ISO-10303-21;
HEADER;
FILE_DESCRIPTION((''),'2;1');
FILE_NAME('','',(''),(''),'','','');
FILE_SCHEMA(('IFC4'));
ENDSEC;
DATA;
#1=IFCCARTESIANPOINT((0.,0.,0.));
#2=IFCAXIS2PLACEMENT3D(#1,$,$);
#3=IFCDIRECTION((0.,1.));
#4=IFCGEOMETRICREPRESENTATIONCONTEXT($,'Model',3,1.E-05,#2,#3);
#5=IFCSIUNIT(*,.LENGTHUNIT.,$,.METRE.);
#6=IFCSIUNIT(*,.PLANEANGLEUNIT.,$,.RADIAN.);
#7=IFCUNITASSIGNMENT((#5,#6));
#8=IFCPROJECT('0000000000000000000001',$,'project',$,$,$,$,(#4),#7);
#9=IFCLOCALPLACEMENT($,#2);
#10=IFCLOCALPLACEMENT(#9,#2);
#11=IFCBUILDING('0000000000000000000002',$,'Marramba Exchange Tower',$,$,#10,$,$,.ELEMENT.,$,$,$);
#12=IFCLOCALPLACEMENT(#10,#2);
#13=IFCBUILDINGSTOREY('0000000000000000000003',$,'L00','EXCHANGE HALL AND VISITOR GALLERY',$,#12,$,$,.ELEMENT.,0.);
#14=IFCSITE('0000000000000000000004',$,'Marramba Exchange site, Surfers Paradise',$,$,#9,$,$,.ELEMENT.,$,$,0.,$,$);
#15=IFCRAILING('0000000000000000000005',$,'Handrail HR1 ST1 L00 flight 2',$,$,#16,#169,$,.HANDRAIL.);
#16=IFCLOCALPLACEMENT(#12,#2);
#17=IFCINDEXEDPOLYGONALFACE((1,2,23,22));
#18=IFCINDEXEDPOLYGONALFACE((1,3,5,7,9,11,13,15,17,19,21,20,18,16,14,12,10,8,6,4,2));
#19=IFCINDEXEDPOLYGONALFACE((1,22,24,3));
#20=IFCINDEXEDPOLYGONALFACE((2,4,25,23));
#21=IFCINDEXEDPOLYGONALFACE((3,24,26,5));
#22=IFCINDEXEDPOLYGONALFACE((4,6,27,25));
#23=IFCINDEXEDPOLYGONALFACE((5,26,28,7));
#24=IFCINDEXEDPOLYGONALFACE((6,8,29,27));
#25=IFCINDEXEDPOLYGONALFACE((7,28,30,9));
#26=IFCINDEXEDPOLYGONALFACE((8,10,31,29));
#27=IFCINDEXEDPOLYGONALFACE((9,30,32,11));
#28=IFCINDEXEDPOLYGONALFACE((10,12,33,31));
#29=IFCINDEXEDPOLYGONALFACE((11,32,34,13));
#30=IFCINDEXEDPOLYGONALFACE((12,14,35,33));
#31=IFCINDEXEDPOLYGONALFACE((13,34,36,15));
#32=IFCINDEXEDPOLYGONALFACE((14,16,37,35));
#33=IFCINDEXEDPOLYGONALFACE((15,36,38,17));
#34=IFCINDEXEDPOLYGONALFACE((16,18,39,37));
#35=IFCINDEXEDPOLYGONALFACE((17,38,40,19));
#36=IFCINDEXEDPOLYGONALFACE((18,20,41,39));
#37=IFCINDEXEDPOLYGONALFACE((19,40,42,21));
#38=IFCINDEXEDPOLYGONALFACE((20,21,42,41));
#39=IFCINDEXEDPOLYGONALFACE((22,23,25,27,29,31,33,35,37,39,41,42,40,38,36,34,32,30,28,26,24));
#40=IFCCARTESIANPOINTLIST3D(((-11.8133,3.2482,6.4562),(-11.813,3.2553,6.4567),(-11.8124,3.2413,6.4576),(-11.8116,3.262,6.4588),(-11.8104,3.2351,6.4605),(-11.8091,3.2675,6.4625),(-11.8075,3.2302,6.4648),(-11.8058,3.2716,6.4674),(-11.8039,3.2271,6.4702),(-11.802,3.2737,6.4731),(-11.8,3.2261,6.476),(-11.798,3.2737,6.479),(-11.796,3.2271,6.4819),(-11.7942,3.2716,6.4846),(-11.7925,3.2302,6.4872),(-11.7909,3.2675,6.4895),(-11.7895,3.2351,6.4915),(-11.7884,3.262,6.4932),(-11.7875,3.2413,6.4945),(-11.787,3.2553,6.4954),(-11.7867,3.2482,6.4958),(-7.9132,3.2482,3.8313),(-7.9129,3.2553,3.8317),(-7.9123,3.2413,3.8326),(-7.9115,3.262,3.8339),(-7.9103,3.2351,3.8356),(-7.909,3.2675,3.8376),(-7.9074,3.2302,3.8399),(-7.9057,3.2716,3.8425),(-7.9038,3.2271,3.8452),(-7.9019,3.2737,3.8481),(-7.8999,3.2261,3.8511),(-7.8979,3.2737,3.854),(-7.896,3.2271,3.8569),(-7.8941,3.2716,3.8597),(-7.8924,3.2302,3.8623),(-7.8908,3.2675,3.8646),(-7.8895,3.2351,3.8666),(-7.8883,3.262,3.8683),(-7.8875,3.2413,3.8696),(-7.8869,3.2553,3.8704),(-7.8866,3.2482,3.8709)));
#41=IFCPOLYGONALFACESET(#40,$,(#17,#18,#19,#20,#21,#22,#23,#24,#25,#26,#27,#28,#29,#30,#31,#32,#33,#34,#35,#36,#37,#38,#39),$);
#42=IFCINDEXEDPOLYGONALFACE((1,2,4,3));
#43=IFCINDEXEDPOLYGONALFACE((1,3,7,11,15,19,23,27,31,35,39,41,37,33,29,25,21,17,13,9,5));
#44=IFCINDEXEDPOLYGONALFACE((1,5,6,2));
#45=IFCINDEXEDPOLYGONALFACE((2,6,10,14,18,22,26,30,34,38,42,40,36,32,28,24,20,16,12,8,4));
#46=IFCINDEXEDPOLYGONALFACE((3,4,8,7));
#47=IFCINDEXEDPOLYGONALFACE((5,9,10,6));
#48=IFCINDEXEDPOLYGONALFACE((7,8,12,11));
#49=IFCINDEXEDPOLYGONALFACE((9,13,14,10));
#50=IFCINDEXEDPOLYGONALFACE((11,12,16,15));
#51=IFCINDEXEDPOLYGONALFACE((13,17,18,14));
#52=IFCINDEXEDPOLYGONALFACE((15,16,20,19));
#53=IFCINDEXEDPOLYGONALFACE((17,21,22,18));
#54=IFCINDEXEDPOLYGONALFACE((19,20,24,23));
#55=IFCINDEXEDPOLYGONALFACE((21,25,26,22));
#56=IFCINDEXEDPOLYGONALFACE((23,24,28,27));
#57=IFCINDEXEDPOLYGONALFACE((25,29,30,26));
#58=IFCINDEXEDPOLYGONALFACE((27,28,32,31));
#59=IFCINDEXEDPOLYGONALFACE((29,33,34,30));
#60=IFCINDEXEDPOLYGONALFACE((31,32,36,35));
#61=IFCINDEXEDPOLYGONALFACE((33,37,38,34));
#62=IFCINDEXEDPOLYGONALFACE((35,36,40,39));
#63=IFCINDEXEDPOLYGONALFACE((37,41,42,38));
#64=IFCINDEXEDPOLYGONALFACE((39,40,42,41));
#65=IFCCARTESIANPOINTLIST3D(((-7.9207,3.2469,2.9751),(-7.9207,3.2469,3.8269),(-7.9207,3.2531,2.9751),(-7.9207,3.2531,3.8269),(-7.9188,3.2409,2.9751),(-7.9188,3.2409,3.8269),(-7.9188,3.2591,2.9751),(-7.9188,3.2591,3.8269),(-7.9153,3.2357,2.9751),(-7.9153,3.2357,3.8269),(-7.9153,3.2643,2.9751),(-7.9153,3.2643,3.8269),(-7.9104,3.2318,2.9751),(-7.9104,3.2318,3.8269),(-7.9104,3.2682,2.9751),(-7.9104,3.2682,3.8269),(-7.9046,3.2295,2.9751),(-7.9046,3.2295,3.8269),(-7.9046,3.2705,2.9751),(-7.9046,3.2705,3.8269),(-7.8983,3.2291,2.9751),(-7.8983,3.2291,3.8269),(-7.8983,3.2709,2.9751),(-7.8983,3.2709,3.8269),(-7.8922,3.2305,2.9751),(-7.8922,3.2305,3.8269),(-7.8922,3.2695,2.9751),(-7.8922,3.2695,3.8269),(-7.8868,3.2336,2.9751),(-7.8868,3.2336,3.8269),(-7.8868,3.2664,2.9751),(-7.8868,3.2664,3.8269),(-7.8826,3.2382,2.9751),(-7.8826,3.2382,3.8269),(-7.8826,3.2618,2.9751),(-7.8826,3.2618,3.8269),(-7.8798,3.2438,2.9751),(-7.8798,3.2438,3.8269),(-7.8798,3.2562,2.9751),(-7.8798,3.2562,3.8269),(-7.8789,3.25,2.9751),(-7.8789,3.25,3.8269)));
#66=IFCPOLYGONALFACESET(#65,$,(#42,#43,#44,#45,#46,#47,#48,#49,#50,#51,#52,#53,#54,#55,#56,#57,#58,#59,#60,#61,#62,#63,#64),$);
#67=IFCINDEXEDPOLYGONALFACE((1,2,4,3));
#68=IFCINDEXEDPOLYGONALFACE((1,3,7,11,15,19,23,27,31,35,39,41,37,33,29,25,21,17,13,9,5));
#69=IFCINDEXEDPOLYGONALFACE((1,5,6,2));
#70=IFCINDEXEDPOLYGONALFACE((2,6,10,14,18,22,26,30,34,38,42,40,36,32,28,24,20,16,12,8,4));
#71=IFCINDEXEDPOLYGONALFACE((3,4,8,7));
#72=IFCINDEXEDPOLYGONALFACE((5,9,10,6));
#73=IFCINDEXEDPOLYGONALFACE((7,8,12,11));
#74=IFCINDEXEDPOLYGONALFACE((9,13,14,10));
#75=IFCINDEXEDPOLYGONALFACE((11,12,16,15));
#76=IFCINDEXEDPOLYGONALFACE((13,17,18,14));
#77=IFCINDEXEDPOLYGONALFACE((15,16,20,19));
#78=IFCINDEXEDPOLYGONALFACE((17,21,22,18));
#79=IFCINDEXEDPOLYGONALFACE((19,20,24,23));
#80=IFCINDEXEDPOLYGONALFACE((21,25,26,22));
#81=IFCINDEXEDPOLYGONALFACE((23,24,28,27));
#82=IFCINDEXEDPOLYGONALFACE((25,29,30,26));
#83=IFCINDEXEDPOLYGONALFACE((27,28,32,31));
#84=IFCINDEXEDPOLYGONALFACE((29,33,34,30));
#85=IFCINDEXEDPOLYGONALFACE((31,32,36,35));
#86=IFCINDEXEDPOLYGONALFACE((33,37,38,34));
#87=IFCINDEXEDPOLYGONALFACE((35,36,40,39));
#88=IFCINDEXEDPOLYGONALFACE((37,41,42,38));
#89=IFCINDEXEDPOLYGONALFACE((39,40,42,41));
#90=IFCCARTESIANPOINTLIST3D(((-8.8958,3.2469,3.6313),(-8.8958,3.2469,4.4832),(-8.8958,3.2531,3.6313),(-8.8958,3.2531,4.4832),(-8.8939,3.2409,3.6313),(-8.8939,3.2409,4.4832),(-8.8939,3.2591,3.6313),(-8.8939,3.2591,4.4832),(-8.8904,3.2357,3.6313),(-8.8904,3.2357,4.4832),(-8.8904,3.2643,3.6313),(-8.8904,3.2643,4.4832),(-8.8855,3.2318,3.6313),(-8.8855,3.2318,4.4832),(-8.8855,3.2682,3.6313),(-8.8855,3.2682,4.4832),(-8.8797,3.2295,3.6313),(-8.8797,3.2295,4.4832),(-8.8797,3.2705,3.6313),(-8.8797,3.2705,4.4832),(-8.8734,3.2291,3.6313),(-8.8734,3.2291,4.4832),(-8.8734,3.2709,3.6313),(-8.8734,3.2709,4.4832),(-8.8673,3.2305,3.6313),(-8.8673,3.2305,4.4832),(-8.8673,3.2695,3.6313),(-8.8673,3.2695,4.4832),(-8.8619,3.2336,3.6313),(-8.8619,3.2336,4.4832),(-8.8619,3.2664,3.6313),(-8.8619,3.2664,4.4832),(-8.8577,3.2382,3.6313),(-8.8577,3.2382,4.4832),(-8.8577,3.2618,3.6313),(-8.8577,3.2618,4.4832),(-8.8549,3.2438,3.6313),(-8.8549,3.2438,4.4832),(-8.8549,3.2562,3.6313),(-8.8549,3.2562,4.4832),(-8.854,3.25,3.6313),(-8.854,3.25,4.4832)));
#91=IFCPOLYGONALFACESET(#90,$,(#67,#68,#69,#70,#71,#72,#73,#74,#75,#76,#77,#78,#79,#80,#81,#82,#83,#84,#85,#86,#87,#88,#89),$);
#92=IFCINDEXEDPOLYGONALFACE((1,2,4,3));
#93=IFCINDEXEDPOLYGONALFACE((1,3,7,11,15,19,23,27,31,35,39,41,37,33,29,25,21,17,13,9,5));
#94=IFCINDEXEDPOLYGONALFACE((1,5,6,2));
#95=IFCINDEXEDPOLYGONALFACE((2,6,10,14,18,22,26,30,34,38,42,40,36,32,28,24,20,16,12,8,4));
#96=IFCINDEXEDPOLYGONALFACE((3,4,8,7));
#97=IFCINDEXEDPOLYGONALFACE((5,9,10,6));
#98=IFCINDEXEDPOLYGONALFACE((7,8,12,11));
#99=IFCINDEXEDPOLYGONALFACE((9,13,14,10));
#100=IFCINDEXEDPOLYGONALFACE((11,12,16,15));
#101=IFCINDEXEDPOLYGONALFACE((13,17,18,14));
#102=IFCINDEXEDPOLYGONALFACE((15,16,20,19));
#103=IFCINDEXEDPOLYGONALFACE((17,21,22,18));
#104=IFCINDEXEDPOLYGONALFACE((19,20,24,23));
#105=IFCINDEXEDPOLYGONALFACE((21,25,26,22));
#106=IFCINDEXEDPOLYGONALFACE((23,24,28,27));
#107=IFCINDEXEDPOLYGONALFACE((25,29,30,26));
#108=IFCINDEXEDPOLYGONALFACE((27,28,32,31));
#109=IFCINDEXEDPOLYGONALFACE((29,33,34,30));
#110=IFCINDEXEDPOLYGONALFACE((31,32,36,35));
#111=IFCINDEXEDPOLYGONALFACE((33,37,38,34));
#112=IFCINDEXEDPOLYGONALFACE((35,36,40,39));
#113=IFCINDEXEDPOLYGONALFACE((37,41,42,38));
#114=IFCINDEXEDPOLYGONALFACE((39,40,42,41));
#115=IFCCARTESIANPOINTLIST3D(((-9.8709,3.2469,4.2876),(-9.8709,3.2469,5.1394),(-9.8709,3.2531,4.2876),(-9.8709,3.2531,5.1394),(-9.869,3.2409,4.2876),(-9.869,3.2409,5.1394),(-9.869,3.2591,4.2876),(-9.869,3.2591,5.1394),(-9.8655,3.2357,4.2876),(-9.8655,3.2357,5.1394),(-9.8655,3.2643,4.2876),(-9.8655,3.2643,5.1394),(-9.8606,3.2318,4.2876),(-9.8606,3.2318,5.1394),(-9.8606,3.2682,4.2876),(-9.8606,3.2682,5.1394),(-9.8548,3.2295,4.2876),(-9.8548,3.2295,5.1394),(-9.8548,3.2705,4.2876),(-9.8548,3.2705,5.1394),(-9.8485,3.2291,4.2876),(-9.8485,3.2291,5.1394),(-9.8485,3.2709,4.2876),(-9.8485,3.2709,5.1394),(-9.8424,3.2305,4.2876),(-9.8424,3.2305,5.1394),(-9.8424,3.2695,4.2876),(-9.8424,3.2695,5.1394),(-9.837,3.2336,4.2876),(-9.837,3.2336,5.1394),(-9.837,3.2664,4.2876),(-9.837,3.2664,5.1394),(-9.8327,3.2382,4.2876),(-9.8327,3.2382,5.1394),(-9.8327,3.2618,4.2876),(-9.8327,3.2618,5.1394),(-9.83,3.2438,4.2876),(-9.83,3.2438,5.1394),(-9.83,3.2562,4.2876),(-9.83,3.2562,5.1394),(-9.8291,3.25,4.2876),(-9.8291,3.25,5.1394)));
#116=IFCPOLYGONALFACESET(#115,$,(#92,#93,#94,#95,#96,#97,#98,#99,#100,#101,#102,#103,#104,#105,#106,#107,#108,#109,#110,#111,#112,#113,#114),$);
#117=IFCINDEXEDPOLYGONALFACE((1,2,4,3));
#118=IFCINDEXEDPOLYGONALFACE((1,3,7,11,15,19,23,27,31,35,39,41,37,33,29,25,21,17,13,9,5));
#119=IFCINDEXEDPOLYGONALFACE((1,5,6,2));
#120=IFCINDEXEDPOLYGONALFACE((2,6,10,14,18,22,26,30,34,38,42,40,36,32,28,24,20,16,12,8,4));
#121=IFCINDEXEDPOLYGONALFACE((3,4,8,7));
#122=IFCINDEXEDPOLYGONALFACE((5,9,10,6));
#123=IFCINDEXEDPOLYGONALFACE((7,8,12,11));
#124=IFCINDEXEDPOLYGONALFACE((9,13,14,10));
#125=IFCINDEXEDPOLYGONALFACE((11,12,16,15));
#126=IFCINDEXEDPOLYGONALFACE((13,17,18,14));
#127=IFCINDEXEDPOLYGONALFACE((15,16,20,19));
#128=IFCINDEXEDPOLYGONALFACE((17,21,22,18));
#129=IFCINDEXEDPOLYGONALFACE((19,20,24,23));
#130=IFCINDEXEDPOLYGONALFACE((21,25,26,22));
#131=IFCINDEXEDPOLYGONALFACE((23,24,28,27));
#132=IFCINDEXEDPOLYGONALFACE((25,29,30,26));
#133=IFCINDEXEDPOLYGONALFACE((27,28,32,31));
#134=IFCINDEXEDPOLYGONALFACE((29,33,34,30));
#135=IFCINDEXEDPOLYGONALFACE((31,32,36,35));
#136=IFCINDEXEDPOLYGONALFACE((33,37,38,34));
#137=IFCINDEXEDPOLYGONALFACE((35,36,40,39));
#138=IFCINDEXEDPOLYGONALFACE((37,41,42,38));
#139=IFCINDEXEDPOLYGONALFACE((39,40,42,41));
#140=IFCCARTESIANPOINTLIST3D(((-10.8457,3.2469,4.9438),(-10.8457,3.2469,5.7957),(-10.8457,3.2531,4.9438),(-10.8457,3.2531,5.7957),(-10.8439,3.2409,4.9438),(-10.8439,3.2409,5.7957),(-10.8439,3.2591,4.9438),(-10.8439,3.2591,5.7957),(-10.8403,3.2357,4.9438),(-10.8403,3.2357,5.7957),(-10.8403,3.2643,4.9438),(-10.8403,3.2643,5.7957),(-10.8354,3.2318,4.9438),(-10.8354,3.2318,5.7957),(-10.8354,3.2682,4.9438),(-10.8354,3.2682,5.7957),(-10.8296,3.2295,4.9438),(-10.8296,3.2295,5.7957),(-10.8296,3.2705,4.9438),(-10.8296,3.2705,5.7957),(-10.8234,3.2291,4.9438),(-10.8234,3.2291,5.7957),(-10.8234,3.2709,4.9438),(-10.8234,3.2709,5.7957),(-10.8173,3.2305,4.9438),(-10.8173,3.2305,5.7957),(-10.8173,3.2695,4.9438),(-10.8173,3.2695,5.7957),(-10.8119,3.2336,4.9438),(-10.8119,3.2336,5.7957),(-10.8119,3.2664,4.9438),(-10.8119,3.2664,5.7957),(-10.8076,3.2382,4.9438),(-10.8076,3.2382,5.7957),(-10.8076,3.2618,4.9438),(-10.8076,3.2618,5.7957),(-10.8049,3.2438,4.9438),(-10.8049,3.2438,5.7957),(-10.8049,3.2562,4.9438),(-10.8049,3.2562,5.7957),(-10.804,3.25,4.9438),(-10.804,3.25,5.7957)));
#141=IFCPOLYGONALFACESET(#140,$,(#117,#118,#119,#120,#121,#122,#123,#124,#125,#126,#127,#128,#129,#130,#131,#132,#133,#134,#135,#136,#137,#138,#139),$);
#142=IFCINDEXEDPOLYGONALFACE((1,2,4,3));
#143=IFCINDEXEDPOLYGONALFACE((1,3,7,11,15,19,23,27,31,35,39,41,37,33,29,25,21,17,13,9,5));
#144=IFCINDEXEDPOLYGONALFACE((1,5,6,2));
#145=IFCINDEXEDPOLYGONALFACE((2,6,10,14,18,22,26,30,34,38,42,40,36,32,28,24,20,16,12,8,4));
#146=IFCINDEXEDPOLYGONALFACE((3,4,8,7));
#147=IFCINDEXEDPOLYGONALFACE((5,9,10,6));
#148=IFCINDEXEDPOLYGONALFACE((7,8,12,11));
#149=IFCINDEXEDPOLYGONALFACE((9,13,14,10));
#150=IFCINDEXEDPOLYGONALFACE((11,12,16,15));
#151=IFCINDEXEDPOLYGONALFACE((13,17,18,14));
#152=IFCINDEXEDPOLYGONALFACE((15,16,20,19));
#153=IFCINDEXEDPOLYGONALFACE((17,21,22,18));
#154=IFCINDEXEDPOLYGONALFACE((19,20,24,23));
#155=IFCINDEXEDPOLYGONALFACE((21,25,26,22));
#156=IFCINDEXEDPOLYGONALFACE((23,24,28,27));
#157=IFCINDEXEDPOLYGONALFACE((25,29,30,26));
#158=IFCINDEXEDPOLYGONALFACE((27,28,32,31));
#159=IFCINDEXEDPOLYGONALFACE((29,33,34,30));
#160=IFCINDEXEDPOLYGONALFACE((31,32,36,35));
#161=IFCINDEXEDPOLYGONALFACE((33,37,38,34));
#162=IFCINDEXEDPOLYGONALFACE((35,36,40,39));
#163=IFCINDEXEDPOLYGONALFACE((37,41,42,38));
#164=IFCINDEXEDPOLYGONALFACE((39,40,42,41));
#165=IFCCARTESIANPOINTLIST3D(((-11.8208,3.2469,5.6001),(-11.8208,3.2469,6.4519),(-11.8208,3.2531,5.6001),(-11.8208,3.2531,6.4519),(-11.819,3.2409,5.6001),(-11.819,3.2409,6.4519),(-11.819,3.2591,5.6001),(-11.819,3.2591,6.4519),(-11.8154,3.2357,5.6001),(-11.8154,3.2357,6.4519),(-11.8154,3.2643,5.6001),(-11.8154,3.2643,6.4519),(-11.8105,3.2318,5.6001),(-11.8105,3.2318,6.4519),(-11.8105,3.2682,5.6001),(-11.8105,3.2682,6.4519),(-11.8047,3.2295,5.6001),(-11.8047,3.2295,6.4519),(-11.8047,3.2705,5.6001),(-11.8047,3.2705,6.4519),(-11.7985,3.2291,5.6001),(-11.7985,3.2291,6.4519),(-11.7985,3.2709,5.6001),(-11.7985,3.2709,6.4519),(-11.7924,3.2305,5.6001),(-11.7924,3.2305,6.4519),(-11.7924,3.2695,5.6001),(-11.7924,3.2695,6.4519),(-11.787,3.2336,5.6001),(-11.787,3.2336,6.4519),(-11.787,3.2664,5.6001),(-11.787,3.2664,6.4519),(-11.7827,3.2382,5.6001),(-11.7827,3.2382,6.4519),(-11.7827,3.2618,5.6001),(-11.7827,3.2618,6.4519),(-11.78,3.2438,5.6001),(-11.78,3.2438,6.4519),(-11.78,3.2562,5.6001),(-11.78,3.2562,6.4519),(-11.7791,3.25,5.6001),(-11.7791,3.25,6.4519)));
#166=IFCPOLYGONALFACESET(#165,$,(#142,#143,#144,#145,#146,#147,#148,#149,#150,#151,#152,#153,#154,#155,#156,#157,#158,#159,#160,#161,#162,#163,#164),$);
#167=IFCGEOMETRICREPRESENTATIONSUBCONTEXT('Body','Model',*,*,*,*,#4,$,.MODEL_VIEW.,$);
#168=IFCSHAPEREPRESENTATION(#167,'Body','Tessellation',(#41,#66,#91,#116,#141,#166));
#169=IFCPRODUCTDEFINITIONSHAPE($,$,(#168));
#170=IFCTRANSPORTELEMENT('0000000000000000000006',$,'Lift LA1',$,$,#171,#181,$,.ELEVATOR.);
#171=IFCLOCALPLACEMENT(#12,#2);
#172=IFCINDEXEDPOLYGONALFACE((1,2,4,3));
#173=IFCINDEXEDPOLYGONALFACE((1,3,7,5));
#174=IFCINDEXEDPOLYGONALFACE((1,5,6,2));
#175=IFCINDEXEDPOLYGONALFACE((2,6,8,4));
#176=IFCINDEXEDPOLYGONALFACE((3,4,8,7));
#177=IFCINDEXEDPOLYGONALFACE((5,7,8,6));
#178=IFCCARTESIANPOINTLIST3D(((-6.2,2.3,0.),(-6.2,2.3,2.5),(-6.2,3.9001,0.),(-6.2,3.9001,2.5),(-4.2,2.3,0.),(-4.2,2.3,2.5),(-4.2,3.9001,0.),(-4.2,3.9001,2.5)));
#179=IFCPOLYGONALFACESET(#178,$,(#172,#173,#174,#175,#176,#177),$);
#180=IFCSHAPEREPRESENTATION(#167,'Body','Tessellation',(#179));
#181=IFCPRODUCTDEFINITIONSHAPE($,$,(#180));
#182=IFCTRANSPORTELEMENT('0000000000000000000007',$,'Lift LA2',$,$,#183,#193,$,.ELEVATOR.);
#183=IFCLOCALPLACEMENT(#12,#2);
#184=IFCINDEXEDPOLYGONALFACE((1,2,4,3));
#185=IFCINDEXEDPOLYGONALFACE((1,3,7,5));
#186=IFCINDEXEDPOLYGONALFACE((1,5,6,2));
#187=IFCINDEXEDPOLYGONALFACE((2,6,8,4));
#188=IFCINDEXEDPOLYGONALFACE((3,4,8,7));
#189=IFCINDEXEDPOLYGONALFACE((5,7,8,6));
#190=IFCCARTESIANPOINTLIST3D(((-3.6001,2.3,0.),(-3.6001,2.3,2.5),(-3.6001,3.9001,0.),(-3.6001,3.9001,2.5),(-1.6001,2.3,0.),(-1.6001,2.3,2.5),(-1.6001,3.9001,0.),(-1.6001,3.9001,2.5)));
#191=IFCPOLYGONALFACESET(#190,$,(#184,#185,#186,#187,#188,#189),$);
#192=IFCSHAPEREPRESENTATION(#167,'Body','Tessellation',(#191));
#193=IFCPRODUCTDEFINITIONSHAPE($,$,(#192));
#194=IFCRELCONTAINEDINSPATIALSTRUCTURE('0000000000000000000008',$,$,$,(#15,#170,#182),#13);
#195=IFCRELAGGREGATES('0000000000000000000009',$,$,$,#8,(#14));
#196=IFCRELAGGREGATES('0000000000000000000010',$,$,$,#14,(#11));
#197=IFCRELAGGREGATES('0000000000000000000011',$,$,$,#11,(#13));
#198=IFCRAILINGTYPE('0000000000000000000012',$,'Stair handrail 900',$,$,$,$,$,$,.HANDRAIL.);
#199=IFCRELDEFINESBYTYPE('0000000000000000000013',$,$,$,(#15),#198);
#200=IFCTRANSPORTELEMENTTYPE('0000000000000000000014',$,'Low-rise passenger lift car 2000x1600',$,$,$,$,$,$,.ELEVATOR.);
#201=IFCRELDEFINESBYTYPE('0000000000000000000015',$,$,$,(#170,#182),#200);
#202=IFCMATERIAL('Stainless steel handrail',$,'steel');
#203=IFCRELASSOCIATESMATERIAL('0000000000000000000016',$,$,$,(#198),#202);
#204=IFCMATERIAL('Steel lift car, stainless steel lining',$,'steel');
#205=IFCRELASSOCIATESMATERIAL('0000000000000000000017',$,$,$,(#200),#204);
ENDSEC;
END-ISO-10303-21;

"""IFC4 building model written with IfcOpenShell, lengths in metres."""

from ifc_helpers import new_model, si_unit, direction, frame, origin, origin_2d, place, context, subcontext, project, spatial, rectangle, circle, extrude, material, type_object, element, save


model = new_model("IFC4")

# Units and contexts
model_context = context("Model", 3, precision=1e-05, world=origin(), true_north=direction((0.0, 1.0)))
body_context = subcontext(model_context, "Body", "Model", "MODEL_VIEW")
ifc_project = project(units=[si_unit("LENGTHUNIT", "METRE"), si_unit("PLANEANGLEUNIT", "RADIAN")], contexts=[model_context])

# Site, building, storey
site_placement = place(None, origin())
site = spatial("IfcSite", under=ifc_project, at=site_placement, Name="Marramba Exchange site, Surfers Paradise", CompositionType="ELEMENT", RefElevation=0.0)
building_placement = place(site_placement, origin())
building = spatial("IfcBuilding", under=site, at=building_placement, Name="Marramba Exchange Tower", CompositionType="ELEMENT")
storey_placement = place(building_placement, origin())
storey = spatial("IfcBuildingStorey", under=building, at=storey_placement, Name="L00", Description="EXCHANGE HALL AND VISITOR GALLERY", CompositionType="ELEMENT", Elevation=0.0)

# Railing
ifc_material_1 = material(Name="Stainless steel handrail", Category="steel")
railing_type = type_object("IfcRailingType", Name="Stair handrail 900", PredefinedType="HANDRAIL", material=ifc_material_1)
railing_1_placement = place(storey_placement, frame((-7.8999, 3.25, 2.9751)))
element("IfcRailing", 1, at=railing_1_placement, inside=storey, type_object=railing_type, Name="Handrail HR1 ST1 L00 flight 2", PredefinedType="HANDRAIL", context=body_context, shape_type="SweptSolid", body=[
    extrude(circle(Radius=0.0239, at=origin_2d()), frame((0.0, 0.0, 0.876), z_axis=(-0.829597, 0.0, 0.558362), x_axis=(0.0, -1.0, 0.0)), (0.0, 0.0, 1.0), 4.7012),
    extrude(circle(Radius=0.021, at=origin_2d()), origin(), (0.0, 0.0, 1.0), 0.8518),
    extrude(circle(Radius=0.021, at=origin_2d()), frame((-0.9751, 0.0, 0.6562)), (0.0, 0.0, 1.0), 0.8518),
    extrude(circle(Radius=0.021, at=origin_2d()), frame((-1.9502, 0.0, 1.3125)), (0.0, 0.0, 1.0), 0.8518),
    extrude(circle(Radius=0.021, at=origin_2d()), frame((-2.925, 0.0, 1.9688)), (0.0, 0.0, 1.0), 0.8518),
    extrude(circle(Radius=0.021, at=origin_2d()), frame((-3.9001, 0.0, 2.625)), (0.0, 0.0, 1.0), 0.8518),
])

# Transport elements
ifc_material_2 = material(Name="Steel lift car, stainless steel lining", Category="steel")
transport_element_type = type_object("IfcTransportElementType", Name="Low-rise passenger lift car 2000x1600", PredefinedType="ELEVATOR", material=ifc_material_2)
for number, where, z_axis, x_axis, name in (
    (2, (-5.2, 3.1001, 0.0), (0.0, 0.0, 1.0), (1.0, 0.0, 0.0), "Lift LA1"),
    (3, (-2.6001, 3.1001, 0.0), (0.0, 0.0, 1.0), (1.0, 0.0, 0.0), "Lift LA2"),
):
    element("IfcTransportElement", number, at=place(storey_placement, frame(where, z_axis=z_axis, x_axis=x_axis)), inside=storey, type_object=transport_element_type, Name=name, PredefinedType="ELEVATOR", context=body_context, shape_type="SweptSolid", body=[
        extrude(rectangle(XDim=2.0, YDim=1.6001, at=origin_2d()), origin(), (0.0, 0.0, 1.0), 2.5),
    ])

save(model, "model.ifc")
